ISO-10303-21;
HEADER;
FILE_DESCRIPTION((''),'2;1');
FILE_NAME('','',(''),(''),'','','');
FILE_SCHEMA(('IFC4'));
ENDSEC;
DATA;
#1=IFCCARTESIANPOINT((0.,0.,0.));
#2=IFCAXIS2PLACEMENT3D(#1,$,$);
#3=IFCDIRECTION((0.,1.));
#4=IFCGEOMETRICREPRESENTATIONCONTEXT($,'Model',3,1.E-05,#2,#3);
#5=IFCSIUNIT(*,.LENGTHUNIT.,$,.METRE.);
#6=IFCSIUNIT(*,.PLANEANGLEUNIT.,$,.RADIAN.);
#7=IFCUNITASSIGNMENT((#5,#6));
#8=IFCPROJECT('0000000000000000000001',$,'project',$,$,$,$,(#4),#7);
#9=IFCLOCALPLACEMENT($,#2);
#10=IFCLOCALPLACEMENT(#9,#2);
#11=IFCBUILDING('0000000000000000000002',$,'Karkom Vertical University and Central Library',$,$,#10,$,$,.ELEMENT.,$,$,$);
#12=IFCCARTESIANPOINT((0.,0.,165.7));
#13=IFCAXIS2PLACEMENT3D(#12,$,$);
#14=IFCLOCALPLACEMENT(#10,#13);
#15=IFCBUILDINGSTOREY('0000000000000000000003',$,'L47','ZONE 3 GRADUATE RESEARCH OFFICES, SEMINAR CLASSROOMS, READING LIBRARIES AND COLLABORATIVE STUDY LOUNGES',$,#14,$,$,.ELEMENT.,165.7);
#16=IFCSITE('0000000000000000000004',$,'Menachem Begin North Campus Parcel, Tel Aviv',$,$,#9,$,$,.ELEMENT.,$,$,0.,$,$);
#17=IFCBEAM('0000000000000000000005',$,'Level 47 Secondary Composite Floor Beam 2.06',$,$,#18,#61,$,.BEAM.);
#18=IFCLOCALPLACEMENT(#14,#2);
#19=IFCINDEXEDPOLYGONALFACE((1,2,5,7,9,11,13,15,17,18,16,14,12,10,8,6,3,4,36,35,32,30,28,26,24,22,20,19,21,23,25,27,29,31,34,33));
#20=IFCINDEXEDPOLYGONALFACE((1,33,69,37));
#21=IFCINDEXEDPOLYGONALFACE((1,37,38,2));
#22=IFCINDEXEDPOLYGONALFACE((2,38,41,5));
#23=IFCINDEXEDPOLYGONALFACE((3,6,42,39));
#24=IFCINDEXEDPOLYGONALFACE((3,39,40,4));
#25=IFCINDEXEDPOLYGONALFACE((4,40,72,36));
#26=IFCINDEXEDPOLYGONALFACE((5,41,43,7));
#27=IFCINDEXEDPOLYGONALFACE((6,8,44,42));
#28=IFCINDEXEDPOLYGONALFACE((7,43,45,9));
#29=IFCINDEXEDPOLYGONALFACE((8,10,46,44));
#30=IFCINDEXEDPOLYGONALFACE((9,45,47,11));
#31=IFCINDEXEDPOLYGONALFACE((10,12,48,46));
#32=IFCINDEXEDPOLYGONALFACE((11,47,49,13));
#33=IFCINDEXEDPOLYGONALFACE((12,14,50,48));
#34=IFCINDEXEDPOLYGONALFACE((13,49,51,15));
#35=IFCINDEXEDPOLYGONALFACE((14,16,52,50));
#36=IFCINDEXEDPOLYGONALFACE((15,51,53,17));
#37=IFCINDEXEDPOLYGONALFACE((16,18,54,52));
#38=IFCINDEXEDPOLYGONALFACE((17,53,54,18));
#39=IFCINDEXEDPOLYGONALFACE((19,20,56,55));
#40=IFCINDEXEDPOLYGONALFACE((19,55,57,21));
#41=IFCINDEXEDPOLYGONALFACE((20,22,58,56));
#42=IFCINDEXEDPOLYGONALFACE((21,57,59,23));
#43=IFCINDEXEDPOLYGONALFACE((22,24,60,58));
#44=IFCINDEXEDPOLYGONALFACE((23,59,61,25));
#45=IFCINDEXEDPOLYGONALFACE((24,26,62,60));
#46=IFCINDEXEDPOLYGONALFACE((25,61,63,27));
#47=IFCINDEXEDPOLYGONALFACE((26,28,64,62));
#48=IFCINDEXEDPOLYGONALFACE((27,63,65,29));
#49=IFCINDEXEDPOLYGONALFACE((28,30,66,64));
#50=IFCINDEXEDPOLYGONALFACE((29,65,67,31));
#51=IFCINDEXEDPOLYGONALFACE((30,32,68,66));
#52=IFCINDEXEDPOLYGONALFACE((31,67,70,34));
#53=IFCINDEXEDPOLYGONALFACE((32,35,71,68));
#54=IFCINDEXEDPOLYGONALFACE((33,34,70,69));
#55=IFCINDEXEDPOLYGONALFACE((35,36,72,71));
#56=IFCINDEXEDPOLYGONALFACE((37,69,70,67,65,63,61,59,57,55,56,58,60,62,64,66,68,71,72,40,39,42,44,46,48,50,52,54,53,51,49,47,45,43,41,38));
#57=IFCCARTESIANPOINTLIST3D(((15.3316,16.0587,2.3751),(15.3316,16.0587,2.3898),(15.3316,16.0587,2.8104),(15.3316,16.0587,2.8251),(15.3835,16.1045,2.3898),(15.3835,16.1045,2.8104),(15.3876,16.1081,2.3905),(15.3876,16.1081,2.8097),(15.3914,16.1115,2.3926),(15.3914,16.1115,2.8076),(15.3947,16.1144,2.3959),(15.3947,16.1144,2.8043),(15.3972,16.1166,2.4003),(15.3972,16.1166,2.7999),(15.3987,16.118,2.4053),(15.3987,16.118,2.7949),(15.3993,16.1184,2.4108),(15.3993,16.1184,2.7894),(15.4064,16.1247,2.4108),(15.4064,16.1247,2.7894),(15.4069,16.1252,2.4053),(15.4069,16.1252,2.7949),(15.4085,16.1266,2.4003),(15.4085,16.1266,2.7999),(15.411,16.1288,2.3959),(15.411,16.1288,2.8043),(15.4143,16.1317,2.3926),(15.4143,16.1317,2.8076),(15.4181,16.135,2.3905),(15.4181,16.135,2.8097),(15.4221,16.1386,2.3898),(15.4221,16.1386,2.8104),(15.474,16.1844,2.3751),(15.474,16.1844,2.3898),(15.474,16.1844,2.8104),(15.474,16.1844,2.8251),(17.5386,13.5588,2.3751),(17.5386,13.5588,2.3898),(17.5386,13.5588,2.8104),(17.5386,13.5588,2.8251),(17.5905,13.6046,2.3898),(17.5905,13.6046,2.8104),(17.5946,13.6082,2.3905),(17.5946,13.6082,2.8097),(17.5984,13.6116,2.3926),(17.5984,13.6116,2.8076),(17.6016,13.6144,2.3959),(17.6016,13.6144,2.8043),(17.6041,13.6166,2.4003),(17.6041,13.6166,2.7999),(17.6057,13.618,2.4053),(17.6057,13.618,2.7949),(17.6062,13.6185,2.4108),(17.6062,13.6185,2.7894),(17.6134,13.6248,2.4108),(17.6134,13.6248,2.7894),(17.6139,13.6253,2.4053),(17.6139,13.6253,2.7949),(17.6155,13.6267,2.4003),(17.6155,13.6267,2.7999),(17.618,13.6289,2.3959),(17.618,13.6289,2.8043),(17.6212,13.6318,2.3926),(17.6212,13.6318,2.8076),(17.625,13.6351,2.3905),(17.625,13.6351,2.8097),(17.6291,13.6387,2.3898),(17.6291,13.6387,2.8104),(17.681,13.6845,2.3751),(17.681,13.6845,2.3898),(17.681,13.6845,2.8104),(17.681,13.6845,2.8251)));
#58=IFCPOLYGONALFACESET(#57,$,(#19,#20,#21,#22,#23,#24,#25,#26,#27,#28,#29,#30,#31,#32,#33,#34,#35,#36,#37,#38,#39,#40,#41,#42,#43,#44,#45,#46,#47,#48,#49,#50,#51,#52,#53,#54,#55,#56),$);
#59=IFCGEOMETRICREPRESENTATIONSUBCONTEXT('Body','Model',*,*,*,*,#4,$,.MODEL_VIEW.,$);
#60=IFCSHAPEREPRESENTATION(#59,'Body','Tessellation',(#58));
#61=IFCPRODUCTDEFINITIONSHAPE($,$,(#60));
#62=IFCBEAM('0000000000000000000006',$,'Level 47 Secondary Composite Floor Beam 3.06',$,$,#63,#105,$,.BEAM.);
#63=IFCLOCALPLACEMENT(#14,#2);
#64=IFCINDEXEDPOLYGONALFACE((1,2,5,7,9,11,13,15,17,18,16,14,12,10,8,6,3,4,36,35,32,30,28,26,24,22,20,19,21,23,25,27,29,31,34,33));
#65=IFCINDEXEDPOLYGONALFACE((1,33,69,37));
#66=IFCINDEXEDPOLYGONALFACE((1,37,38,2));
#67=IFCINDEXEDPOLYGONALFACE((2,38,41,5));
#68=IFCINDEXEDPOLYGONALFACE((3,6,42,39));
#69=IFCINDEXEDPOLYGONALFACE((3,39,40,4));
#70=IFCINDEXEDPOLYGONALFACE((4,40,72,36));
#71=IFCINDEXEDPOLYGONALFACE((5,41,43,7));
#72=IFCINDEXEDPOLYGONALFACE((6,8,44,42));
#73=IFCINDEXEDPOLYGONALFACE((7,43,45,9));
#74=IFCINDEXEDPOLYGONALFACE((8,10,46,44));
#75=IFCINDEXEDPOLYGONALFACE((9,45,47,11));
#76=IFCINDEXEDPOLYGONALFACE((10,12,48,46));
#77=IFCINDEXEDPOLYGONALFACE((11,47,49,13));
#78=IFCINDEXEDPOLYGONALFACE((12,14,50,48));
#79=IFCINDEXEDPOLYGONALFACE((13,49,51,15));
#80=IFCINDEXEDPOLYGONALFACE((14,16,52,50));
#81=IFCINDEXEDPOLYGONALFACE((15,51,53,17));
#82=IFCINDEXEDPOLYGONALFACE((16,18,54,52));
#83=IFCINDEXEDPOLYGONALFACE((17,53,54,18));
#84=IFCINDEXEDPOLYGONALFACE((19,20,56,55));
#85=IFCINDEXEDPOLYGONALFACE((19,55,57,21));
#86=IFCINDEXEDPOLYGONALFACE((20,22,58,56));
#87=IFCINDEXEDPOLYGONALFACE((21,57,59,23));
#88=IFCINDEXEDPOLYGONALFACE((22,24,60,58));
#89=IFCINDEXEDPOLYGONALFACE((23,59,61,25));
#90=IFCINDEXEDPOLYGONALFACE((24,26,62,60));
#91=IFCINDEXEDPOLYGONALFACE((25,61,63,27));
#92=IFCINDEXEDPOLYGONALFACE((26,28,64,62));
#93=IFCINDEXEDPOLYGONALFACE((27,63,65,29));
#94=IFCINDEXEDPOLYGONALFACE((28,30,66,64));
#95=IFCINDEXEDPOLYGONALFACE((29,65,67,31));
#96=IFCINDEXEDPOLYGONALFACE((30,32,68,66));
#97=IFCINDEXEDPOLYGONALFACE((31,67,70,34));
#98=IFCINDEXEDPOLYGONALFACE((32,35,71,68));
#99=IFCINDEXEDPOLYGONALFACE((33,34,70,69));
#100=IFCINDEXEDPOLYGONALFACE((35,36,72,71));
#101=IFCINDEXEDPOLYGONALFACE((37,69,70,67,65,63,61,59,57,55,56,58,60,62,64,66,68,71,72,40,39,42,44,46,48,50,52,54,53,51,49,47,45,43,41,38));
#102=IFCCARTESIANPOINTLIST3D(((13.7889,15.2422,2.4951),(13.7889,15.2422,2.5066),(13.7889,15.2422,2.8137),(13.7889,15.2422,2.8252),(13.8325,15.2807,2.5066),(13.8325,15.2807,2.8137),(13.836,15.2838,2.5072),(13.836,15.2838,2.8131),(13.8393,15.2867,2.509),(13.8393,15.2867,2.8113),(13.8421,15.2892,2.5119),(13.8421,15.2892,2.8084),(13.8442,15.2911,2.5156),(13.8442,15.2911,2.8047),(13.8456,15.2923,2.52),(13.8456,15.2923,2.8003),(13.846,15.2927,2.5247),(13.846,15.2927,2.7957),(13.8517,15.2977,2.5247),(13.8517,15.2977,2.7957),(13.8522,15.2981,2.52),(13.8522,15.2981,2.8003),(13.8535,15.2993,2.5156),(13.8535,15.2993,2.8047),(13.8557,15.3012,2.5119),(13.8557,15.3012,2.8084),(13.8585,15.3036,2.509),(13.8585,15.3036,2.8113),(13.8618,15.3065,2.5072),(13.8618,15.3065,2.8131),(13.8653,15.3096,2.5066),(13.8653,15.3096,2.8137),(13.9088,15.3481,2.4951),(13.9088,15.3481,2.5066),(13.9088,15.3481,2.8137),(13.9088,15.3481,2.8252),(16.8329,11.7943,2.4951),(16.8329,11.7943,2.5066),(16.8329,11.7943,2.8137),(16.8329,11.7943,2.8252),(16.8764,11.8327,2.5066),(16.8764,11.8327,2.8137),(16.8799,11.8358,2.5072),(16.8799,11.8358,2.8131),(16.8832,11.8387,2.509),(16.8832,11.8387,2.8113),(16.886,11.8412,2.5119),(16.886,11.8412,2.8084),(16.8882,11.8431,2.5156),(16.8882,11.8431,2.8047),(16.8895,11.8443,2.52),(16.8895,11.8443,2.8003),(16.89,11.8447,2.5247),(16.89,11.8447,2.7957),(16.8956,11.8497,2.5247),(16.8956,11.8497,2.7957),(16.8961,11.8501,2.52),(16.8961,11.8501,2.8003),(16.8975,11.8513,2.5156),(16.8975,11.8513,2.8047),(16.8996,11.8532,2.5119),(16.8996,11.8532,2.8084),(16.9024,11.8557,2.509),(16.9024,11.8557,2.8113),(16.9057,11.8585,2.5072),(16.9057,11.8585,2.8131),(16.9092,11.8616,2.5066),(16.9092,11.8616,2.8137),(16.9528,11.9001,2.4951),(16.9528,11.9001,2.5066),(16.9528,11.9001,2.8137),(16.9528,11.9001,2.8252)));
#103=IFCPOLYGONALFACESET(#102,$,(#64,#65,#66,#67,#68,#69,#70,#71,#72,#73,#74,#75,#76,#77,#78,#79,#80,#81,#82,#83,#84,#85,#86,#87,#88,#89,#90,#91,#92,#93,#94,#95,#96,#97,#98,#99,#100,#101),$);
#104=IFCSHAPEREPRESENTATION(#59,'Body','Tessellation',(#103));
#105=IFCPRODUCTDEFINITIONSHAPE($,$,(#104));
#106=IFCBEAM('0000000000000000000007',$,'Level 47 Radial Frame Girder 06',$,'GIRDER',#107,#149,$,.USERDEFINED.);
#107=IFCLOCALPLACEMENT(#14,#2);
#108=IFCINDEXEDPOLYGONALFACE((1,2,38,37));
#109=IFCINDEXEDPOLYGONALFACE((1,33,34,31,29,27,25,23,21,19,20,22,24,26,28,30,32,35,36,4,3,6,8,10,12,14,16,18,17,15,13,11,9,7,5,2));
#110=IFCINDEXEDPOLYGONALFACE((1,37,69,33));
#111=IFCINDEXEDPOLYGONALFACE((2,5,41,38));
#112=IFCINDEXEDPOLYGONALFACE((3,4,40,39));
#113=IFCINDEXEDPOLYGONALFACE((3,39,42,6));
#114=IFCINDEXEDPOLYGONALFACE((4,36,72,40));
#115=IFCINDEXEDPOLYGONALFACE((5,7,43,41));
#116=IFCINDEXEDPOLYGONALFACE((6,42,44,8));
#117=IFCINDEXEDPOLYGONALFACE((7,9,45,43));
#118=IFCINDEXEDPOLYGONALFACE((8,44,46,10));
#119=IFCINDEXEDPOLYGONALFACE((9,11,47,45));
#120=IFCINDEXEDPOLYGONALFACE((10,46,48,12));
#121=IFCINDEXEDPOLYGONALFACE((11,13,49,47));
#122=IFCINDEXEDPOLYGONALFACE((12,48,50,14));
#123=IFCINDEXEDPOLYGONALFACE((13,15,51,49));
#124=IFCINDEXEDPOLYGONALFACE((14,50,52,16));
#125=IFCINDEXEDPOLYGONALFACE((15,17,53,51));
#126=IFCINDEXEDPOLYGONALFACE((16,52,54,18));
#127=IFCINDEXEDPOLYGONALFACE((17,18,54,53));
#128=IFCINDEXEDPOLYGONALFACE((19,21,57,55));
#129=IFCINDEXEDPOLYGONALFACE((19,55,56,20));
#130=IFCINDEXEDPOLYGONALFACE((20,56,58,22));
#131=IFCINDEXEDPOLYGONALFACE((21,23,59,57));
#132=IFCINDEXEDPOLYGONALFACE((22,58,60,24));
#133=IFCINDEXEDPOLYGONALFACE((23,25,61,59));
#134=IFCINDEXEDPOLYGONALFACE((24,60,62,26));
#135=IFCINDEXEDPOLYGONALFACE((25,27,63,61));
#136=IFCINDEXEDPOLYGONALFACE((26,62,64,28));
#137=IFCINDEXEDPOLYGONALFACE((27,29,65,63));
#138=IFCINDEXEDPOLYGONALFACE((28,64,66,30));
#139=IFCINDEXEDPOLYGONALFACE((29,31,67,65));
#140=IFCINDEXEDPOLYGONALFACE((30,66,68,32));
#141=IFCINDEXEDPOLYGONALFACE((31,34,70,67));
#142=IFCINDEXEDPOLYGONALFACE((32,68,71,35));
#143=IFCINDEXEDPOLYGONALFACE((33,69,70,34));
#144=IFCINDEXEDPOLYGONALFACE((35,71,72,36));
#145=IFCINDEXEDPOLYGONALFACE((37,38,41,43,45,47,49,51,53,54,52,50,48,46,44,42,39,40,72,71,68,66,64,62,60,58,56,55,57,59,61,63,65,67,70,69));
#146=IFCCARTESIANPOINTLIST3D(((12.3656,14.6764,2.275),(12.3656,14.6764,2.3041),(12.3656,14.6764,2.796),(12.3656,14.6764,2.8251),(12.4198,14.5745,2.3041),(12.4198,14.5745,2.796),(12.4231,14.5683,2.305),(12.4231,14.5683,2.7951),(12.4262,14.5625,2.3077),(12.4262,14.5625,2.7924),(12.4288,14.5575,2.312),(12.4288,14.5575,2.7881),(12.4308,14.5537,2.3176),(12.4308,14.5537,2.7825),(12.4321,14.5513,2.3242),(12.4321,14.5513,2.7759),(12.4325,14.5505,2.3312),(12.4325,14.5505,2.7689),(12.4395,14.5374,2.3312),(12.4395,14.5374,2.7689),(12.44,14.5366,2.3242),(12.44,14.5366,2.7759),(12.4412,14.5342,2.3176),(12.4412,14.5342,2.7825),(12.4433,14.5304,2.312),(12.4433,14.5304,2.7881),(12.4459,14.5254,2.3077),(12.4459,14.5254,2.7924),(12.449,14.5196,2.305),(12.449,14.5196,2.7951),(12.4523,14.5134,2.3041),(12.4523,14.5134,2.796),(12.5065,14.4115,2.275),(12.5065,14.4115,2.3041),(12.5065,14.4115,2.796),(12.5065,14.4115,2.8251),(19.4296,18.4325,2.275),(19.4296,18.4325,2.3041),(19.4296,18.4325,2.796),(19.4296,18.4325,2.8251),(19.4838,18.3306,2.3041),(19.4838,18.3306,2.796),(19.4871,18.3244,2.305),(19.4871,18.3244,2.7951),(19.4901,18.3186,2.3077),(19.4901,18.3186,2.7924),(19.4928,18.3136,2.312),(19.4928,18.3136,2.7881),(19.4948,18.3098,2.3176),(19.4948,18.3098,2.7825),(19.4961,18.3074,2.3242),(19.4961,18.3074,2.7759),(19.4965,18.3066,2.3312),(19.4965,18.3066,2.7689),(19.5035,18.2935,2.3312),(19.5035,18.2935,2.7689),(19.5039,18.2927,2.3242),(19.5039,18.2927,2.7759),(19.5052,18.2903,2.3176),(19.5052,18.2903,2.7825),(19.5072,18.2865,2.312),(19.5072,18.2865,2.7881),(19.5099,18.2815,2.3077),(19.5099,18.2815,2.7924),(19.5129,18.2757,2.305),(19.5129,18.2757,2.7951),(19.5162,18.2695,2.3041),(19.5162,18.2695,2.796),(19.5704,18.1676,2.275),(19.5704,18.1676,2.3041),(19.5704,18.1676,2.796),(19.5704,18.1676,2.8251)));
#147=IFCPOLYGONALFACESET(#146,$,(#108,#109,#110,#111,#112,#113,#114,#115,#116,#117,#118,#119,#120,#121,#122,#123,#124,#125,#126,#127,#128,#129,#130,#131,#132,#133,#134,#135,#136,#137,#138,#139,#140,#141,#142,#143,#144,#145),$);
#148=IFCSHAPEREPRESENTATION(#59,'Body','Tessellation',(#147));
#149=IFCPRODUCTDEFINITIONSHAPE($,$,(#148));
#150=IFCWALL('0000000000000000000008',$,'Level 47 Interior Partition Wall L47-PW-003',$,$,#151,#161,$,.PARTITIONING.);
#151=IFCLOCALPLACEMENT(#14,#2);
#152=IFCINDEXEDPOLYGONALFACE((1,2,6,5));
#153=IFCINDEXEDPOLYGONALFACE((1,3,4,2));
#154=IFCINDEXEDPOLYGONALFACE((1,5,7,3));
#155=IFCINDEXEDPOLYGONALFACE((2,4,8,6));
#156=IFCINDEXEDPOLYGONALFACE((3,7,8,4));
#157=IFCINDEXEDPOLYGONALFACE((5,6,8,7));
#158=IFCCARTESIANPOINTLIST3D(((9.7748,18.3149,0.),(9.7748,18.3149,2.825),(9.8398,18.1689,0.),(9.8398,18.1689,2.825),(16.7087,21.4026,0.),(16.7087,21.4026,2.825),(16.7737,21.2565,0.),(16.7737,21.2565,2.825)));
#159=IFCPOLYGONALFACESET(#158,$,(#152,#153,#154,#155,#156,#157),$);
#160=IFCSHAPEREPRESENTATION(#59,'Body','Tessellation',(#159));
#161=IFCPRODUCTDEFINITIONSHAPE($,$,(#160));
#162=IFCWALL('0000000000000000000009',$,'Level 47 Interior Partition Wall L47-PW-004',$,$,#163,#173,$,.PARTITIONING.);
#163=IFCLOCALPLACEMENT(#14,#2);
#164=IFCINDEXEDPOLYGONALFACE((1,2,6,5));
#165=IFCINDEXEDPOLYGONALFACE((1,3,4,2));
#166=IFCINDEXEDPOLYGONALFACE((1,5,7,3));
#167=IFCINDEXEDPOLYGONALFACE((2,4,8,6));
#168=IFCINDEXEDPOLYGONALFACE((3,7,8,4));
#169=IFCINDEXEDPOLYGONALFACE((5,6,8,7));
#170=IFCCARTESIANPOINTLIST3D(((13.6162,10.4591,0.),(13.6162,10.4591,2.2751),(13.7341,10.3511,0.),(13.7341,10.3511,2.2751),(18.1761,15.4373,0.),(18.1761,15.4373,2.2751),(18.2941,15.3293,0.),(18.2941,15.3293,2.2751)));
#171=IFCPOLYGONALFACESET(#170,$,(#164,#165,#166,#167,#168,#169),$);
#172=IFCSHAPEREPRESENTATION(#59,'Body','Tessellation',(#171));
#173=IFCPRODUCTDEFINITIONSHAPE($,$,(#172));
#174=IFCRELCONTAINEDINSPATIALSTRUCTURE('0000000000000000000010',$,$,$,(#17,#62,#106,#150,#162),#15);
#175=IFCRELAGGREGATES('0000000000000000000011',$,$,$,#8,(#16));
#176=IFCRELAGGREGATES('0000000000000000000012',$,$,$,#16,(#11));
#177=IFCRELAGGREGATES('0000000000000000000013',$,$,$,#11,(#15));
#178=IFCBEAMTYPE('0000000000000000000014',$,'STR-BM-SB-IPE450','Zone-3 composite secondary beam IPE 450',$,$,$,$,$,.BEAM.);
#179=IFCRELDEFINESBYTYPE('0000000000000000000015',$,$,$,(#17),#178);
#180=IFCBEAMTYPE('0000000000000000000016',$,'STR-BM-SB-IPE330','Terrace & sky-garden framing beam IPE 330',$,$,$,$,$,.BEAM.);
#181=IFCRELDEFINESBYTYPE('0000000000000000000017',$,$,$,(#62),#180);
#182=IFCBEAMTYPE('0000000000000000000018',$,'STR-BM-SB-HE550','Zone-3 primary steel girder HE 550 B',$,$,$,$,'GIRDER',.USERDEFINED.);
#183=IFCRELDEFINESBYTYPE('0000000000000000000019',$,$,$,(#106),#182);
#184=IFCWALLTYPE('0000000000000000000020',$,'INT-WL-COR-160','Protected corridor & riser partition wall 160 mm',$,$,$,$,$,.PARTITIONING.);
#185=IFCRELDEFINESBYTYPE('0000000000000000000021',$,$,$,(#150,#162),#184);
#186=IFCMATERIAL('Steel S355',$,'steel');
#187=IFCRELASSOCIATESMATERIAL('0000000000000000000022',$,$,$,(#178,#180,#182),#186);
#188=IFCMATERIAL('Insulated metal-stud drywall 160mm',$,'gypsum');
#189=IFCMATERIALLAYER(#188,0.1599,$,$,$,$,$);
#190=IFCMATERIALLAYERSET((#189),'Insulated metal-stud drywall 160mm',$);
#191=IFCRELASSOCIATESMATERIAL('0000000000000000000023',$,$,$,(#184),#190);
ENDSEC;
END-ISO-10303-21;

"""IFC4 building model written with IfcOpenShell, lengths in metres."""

from ifc_helpers import new_model, si_unit, direction, frame, frame_2d, origin, origin_with_axes, origin_2d, place, context, subcontext, project, spatial, rectangle, i_section, extrude, source, transform, mapped, material, layer, layer_set, material_profile, profile_set, type_object, element, save


model = new_model("IFC4")

# Units and contexts
model_context = context("Model", 3, precision=1e-05, world=origin(), true_north=direction((0.0, 1.0)))
body_context = subcontext(model_context, "Body", "Model", "MODEL_VIEW")
ifc_project = project(units=[si_unit("LENGTHUNIT", "METRE"), si_unit("PLANEANGLEUNIT", "RADIAN")], contexts=[model_context])

# Site, building, storey
site_placement = place(None, origin())
site = spatial("IfcSite", under=ifc_project, at=site_placement, Name="Menachem Begin North Campus Parcel, Tel Aviv", CompositionType="ELEMENT", RefElevation=0.0)
building_placement = place(site_placement, origin())
building = spatial("IfcBuilding", under=site, at=building_placement, Name="Karkom Vertical University and Central Library", CompositionType="ELEMENT")
storey_placement = place(building_placement, frame((0.0, 0.0, 165.7)))
storey = spatial("IfcBuildingStorey", under=building, at=storey_placement, Name="L47", Description="ZONE 3 GRADUATE RESEARCH OFFICES, SEMINAR CLASSROOMS, READING LIBRARIES AND COLLABORATIVE STUDY LOUNGES", CompositionType="ELEMENT", Elevation=165.7)

# Beams
ifc_material_1 = material(Name="Steel S355", Category="steel")
ifc_material_profile_1 = material_profile(ifc_material_1, i_section(OverallWidth=0.1899, OverallDepth=0.45, WebThickness=0.0095, FlangeThickness=0.0146, FilletRadius=0.021, at=origin_2d()), Name="IPE 450")
ifc_profile_set_1 = profile_set([ifc_material_profile_1], Name="Steel S355")
beam_type_1 = type_object("IfcBeamType", Name="STR-BM-SB-IPE450", Description="Zone-3 composite secondary beam IPE 450", PredefinedType="BEAM", material=ifc_profile_set_1)
shared_shape_1 = source(origin_with_axes(), body_context, "Body", "SweptSolid", [
    extrude(i_section(OverallWidth=0.1899, OverallDepth=0.45, WebThickness=0.0095, FlangeThickness=0.0146, FilletRadius=0.021, at=origin_2d()), origin(), (0.0, 0.0, 1.0), 3.3347),
])
beam_1_placement = place(storey_placement, frame((15.4028, 16.1216, 2.6001), z_axis=(0.661815, -0.749667, 0.0), x_axis=(0.749667, 0.661815, 0.0)))
element("IfcBeam", 1, at=beam_1_placement, inside=storey, type_object=beam_type_1, Name="Level 47 Secondary Composite Floor Beam 2.06", PredefinedType="BEAM", context=body_context, shape_type="MappedRepresentation", body=[
    mapped(shared_shape_1, transform((0.0, 0.0, 0.0), scale=1.0)),
])
ifc_material_profile_2 = material_profile(ifc_material_1, i_section(OverallWidth=0.1599, OverallDepth=0.3301, WebThickness=0.0076, FlangeThickness=0.0115, FilletRadius=0.0181, at=origin_2d()), Name="IPE 330")
ifc_profile_set_2 = profile_set([ifc_material_profile_2], Name="Steel S355")
beam_type_2 = type_object("IfcBeamType", Name="STR-BM-SB-IPE330", Description="Terrace & sky-garden framing beam IPE 330", PredefinedType="BEAM", material=ifc_profile_set_2)
shared_shape_2 = source(origin_with_axes(), body_context, "Body", "SweptSolid", [
    extrude(i_section(OverallWidth=0.1599, OverallDepth=0.3301, WebThickness=0.0076, FlangeThickness=0.0115, FilletRadius=0.0181, at=origin_2d()), origin(), (0.0, 0.0, 1.0), 4.5994),
])
beam_2_placement = place(storey_placement, frame((13.8489, 15.2952, 2.6602), z_axis=(0.661816, -0.749666, 0.0), x_axis=(0.749666, 0.661816, 0.0)))
element("IfcBeam", 2, at=beam_2_placement, inside=storey, type_object=beam_type_2, Name="Level 47 Secondary Composite Floor Beam 3.06", PredefinedType="BEAM", context=body_context, shape_type="MappedRepresentation", body=[
    mapped(shared_shape_2, transform((0.0, 0.0, 0.0), scale=1.0)),
])
ifc_material_profile_3 = material_profile(ifc_material_1, i_section(OverallWidth=0.3, OverallDepth=0.55, WebThickness=0.0149, FlangeThickness=0.0291, FilletRadius=0.0271, at=origin_2d()), Name="HE 550 B")
ifc_profile_set_3 = profile_set([ifc_material_profile_3], Name="Steel S355")
beam_type_3 = type_object("IfcBeamType", Name="STR-BM-SB-HE550", Description="Zone-3 primary steel girder HE 550 B", ElementType="GIRDER", PredefinedType="USERDEFINED", material=ifc_profile_set_3)
shared_shape_3 = source(origin_with_axes(), body_context, "Body", "SweptSolid", [
    extrude(i_section(OverallWidth=0.3, OverallDepth=0.55, WebThickness=0.0149, FlangeThickness=0.0291, FilletRadius=0.0271, at=origin_2d()), origin(), (0.0, 0.0, 1.0), 8.0005),
])
beam_3_placement = place(storey_placement, frame((19.5, 18.3, 2.55), z_axis=(-0.882941, -0.469484, 0.0), x_axis=(0.469484, -0.882941, 0.0)))
element("IfcBeam", 3, at=beam_3_placement, inside=storey, type_object=beam_type_3, Name="Level 47 Radial Frame Girder 06", ObjectType="GIRDER", PredefinedType="USERDEFINED", context=body_context, shape_type="MappedRepresentation", body=[
    mapped(shared_shape_3, transform((0.0, 0.0, 0.0), scale=1.0)),
])

# Shared definitions
ifc_material_2 = material(Name="Insulated metal-stud drywall 160mm", Category="gypsum")
ifc_layer_1 = layer(ifc_material_2, 0.1599)
ifc_layer_set_1 = layer_set([ifc_layer_1], Name="Insulated metal-stud drywall 160mm")
wall_type_1 = type_object("IfcWallType", Name="INT-WL-COR-160", Description="Protected corridor & riser partition wall 160 mm", PredefinedType="PARTITIONING", material=ifc_layer_set_1)

# Walls
wall_1_placement = place(storey_placement, frame((16.7412, 21.3296, 0.0), z_axis=(0.0, 0.0, 1.0), x_axis=(-0.913521, -0.406792, 0.0)))
element("IfcWall", 4, at=wall_1_placement, inside=storey, type_object=wall_type_1, Name="Level 47 Interior Partition Wall L47-PW-003", PredefinedType="PARTITIONING", context=body_context, shape_type="SweptSolid", body=[
    extrude(rectangle(XDim=7.5903, YDim=0.1599, at=frame_2d((3.7952, 0.0))), origin(), (0.0, 0.0, 1.0), 2.825),
])
wall_2_placement = place(storey_placement, frame((18.2351, 15.3833, 0.0), z_axis=(0.0, 0.0, 1.0), x_axis=(-0.675454, -0.737402, 0.0)))
element("IfcWall", 5, at=wall_2_placement, inside=storey, type_object=wall_type_1, Name="Level 47 Interior Partition Wall L47-PW-004", PredefinedType="PARTITIONING", context=body_context, shape_type="SweptSolid", body=[
    extrude(rectangle(XDim=6.751, YDim=0.1599, at=frame_2d((3.3755, 0.0))), origin(), (0.0, 0.0, 1.0), 2.2751),
])

save(model, "model.ifc")
